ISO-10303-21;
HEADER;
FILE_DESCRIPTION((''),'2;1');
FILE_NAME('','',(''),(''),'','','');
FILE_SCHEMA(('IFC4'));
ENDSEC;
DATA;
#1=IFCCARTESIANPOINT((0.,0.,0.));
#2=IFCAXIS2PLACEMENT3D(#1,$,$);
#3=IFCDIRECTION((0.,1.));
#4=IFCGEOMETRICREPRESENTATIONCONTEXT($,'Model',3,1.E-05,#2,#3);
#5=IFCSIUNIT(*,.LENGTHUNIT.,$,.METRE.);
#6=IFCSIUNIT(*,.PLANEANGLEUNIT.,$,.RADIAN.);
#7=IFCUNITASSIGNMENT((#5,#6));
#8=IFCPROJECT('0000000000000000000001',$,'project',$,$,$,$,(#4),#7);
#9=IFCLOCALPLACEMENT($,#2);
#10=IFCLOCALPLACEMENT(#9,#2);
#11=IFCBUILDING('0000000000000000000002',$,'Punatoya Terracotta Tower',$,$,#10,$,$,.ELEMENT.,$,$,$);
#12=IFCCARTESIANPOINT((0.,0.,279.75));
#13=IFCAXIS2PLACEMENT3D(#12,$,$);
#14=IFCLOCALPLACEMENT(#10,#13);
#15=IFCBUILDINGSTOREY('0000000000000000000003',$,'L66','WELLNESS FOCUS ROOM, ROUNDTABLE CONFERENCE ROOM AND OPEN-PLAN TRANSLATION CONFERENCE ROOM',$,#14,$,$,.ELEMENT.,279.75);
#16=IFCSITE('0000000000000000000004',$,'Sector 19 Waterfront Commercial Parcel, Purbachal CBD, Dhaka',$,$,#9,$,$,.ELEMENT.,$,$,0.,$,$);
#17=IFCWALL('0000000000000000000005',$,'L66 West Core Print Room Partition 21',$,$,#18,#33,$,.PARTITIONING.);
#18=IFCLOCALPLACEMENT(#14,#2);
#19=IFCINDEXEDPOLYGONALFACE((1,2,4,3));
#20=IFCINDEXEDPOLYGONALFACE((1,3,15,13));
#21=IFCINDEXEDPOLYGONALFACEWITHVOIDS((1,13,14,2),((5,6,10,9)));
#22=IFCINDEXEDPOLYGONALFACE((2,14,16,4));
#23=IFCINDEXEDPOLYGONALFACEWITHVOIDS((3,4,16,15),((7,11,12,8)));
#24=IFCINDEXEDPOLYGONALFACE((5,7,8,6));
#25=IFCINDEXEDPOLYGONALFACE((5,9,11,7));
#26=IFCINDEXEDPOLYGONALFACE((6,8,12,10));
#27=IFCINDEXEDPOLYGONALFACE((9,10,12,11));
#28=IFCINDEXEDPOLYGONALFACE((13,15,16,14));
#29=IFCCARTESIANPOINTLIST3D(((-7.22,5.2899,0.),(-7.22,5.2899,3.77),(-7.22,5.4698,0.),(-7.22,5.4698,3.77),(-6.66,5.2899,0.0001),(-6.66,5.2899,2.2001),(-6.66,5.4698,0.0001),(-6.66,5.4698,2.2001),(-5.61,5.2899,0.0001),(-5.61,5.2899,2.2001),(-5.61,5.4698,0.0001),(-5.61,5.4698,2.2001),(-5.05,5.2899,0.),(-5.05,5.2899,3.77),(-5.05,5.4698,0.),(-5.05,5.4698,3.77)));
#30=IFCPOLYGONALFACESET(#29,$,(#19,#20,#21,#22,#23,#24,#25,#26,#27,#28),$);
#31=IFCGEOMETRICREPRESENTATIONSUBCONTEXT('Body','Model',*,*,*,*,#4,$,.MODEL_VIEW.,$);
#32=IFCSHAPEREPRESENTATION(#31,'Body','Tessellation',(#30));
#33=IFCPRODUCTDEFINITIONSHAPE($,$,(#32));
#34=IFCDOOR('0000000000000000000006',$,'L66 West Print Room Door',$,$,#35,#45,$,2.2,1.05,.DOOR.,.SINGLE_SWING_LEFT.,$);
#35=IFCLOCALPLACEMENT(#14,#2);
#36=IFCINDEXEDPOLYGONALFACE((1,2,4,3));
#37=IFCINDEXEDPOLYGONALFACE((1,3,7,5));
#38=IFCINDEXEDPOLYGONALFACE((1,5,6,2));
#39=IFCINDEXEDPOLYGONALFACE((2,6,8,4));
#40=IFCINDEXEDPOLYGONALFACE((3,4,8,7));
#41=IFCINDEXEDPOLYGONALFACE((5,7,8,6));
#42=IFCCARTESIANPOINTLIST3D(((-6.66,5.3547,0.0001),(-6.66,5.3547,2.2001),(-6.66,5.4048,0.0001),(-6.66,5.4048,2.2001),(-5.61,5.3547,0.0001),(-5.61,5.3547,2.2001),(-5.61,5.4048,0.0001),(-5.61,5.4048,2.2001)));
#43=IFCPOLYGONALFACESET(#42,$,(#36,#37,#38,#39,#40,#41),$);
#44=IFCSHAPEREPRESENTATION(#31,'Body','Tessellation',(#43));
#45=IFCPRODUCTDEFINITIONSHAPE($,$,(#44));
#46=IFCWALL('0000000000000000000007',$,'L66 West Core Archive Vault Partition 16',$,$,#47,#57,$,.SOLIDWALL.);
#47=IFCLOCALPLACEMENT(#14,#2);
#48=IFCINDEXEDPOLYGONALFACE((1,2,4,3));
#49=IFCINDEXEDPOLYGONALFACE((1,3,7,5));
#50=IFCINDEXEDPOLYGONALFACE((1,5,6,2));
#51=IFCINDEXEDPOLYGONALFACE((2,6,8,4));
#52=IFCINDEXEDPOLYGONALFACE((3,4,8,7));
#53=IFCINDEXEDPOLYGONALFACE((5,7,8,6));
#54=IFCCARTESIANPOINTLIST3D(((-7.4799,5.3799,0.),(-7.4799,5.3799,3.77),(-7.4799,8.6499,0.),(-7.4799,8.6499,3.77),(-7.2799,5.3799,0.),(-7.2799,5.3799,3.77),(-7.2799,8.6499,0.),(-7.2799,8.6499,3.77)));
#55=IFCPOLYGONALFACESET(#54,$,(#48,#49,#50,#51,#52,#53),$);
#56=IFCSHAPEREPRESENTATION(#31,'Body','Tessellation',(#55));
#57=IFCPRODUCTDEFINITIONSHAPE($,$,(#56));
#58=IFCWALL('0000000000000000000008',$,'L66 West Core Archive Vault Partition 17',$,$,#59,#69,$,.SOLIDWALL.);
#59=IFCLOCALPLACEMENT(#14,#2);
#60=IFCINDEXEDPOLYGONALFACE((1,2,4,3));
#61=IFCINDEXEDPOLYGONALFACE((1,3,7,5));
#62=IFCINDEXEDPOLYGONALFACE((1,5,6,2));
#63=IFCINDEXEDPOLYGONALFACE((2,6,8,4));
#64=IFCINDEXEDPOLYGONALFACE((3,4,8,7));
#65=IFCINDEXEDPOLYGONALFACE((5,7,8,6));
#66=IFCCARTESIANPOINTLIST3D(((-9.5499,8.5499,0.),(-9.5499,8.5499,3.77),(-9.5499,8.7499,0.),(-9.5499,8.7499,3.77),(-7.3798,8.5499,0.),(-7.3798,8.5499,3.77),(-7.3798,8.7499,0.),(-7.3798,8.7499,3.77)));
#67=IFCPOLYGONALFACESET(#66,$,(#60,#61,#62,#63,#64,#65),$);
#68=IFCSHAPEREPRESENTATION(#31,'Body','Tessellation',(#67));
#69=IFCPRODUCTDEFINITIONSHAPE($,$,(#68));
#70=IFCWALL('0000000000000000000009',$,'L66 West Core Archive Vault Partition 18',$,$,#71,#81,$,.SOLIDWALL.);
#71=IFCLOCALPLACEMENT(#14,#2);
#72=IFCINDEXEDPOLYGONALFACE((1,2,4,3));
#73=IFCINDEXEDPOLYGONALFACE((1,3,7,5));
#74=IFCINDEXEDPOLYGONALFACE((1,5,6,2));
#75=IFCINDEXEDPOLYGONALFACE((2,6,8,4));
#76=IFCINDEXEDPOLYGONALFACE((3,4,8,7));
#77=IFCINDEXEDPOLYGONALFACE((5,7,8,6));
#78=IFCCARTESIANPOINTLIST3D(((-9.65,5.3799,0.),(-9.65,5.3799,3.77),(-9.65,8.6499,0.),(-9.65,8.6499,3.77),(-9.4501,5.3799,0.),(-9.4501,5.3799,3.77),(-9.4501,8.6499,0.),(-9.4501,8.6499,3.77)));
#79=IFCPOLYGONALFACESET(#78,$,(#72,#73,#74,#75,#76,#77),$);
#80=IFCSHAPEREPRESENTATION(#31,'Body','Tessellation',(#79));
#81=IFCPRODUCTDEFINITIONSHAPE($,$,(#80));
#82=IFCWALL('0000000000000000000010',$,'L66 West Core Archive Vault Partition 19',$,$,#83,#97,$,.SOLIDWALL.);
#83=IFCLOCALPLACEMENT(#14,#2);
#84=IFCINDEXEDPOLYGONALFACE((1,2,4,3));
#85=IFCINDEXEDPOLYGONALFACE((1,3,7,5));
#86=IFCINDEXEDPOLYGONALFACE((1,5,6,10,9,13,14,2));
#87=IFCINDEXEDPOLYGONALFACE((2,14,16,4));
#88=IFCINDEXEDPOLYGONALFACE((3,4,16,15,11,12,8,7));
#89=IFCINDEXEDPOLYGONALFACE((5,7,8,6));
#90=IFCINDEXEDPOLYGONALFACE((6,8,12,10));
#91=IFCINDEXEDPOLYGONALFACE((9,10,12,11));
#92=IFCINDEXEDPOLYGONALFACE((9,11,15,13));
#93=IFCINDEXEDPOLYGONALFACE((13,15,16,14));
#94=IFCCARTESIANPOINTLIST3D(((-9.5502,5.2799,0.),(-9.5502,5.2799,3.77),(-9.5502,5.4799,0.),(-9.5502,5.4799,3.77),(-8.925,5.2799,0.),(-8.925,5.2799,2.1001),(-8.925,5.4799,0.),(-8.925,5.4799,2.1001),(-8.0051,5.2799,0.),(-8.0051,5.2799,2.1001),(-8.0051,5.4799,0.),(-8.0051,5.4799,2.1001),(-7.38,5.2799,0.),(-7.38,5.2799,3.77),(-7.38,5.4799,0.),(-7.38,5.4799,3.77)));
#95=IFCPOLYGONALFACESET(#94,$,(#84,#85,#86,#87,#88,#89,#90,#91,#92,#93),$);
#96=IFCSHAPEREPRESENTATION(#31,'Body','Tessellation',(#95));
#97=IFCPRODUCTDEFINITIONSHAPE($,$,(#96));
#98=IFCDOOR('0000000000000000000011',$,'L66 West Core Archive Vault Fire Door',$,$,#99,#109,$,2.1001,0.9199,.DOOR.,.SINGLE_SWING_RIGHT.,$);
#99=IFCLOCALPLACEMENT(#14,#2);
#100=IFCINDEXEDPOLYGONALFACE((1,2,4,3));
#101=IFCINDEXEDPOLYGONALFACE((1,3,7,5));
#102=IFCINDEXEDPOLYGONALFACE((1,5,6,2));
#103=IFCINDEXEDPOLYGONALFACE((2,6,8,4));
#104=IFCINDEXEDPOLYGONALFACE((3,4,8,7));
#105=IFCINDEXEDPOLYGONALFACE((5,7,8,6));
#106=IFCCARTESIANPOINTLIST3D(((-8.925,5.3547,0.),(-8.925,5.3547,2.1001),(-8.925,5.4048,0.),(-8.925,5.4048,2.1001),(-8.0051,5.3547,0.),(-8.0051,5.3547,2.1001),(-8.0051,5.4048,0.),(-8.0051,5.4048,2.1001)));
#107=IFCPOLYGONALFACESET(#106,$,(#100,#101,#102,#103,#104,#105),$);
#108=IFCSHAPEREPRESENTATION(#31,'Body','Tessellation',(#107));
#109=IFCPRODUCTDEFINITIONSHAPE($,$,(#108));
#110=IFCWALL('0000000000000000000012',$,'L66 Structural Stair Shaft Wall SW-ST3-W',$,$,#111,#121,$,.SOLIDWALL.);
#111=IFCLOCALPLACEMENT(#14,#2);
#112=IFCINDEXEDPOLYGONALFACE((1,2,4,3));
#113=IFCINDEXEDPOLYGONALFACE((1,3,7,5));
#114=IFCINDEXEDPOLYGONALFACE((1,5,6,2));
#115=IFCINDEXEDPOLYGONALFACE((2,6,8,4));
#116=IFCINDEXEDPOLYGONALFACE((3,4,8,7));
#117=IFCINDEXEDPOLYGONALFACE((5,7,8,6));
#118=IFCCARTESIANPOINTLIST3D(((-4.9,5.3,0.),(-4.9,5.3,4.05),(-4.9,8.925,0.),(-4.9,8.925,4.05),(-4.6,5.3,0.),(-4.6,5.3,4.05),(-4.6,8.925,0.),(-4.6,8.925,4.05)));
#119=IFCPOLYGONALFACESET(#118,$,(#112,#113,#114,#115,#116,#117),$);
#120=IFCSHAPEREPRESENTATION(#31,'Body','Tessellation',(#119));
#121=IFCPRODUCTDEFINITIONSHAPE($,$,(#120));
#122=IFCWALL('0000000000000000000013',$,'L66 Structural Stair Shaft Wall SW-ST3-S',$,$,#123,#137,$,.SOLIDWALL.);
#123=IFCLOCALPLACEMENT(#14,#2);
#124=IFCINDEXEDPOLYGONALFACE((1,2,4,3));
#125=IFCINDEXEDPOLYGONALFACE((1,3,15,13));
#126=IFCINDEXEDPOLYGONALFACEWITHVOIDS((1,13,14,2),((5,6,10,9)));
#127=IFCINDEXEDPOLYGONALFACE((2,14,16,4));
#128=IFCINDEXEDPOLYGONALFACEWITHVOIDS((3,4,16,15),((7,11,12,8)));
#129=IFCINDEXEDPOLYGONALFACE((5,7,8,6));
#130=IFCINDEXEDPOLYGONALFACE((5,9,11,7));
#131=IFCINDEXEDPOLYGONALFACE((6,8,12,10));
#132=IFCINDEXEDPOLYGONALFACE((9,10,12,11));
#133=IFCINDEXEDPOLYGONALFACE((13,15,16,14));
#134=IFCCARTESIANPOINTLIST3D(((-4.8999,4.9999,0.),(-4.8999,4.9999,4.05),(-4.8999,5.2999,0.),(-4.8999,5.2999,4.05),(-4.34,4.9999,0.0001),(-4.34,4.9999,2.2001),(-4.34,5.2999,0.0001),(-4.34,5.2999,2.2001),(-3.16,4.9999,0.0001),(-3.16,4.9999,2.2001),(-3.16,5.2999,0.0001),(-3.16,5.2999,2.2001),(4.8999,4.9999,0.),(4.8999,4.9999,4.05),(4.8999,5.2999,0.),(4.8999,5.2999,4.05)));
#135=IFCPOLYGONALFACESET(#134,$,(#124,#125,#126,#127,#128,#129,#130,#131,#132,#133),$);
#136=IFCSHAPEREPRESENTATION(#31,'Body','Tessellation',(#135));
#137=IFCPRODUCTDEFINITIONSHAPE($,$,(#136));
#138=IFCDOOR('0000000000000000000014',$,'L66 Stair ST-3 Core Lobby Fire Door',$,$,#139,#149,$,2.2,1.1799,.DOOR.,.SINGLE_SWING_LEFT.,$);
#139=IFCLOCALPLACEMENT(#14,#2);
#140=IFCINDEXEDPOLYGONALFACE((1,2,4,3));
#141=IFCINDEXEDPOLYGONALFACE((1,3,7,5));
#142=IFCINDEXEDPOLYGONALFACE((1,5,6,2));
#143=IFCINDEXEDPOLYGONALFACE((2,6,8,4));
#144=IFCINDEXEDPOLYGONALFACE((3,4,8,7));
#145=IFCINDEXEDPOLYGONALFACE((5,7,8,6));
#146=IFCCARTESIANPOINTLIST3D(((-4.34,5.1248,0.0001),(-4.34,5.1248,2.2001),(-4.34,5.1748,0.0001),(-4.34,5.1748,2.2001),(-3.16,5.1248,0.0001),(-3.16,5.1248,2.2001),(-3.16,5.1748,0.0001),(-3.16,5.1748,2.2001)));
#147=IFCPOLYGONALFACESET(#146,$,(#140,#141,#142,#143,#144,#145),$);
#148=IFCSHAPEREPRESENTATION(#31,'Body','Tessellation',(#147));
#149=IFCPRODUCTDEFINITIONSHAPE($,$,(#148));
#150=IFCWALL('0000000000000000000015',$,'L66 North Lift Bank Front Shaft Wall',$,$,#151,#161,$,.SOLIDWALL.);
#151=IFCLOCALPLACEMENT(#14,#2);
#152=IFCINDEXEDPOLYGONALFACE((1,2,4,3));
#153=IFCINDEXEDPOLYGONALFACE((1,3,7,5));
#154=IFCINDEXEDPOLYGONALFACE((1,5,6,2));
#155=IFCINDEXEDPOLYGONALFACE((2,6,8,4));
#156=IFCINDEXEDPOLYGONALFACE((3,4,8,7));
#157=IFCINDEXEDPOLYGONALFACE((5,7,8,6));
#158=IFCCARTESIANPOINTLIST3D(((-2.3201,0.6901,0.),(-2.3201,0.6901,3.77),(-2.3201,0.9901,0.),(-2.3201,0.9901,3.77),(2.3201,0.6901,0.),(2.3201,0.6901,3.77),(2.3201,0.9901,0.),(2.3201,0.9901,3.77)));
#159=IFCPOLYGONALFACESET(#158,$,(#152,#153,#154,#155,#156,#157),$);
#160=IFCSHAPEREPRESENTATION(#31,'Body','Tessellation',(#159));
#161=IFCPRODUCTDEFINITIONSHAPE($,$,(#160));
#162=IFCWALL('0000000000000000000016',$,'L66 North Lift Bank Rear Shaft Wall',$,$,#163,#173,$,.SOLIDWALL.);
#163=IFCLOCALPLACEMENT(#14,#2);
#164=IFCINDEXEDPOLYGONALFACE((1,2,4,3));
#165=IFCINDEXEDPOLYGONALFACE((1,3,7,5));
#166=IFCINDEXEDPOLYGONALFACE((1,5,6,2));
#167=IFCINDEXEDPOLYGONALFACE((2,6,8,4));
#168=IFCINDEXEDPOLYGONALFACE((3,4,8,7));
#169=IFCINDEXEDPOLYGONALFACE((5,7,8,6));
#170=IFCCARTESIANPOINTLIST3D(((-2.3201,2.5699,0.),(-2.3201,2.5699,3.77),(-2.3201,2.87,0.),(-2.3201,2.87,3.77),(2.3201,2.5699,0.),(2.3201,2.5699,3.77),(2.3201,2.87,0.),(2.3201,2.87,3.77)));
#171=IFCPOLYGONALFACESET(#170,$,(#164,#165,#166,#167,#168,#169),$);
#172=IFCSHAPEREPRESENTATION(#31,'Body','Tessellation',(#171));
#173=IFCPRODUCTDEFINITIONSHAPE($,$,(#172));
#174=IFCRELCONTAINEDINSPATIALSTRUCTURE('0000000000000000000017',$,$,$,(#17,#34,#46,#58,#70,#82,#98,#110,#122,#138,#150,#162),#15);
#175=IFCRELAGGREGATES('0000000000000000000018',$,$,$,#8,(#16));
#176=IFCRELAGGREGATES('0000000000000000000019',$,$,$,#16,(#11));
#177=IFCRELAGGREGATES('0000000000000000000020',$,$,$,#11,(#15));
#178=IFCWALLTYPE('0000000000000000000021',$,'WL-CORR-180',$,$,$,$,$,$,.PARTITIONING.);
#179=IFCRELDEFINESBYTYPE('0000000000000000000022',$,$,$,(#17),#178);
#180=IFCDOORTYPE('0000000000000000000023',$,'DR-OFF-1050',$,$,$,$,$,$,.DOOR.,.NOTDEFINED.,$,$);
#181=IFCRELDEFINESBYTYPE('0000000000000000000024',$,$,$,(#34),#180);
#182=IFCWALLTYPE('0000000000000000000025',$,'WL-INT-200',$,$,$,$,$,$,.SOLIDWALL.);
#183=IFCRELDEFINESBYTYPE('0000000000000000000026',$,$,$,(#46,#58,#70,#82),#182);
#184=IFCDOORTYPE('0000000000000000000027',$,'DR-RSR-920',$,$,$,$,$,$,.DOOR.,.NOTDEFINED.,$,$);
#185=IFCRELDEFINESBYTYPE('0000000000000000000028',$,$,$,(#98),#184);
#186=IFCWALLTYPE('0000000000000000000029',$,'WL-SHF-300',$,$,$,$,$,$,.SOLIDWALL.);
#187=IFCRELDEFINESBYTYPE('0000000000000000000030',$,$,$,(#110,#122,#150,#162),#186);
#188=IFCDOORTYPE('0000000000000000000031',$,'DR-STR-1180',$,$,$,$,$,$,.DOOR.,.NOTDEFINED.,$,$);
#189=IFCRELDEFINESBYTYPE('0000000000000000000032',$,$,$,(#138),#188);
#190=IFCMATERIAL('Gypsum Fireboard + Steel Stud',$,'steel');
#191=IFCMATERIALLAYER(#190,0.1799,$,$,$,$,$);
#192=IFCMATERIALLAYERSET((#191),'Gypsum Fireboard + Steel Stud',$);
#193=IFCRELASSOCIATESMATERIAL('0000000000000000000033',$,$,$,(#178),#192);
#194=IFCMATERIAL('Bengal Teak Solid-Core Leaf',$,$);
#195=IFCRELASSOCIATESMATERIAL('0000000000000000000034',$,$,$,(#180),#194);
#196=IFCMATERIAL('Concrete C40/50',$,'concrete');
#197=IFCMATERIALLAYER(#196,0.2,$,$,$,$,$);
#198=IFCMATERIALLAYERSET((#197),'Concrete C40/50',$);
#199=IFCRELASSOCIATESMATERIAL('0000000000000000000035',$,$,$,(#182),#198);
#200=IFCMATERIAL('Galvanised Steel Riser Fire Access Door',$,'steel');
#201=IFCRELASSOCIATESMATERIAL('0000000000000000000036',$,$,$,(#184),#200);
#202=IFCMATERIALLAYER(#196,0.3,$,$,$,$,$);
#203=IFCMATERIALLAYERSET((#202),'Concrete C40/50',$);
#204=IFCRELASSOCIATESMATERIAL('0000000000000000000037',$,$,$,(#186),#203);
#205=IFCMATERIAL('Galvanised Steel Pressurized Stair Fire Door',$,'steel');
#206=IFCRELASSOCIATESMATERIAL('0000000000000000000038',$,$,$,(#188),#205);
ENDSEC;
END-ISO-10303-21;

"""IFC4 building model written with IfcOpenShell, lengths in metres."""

from ifc_helpers import new_model, si_unit, direction, frame, frame_2d, origin, place, context, subcontext, project, spatial, rectangle, extrude, material, layer, layer_set, type_object, element, fill, save


model = new_model("IFC4")

# Units and contexts
model_context = context("Model", 3, precision=1e-05, world=origin(), true_north=direction((0.0, 1.0)))
body_context = subcontext(model_context, "Body", "Model", "MODEL_VIEW")
ifc_project = project(units=[si_unit("LENGTHUNIT", "METRE"), si_unit("PLANEANGLEUNIT", "RADIAN")], contexts=[model_context])

# Site, building, storey
site_placement = place(None, origin())
site = spatial("IfcSite", under=ifc_project, at=site_placement, Name="Sector 19 Waterfront Commercial Parcel, Purbachal CBD, Dhaka", CompositionType="ELEMENT", RefElevation=0.0)
building_placement = place(site_placement, origin())
building = spatial("IfcBuilding", under=site, at=building_placement, Name="Punatoya Terracotta Tower", CompositionType="ELEMENT")
storey_placement = place(building_placement, frame((0.0, 0.0, 279.75)))
storey = spatial("IfcBuildingStorey", under=building, at=storey_placement, Name="L66", Description="WELLNESS FOCUS ROOM, ROUNDTABLE CONFERENCE ROOM AND OPEN-PLAN TRANSLATION CONFERENCE ROOM", CompositionType="ELEMENT", Elevation=279.75)

# Shared definitions
ifc_material_1 = material(Name="Gypsum Fireboard + Steel Stud", Category="steel")
ifc_layer_1 = layer(ifc_material_1, 0.1799)
ifc_layer_set_1 = layer_set([ifc_layer_1], Name="Gypsum Fireboard + Steel Stud")
wall_type_1 = type_object("IfcWallType", Name="WL-CORR-180", PredefinedType="PARTITIONING", material=ifc_layer_set_1)

# Wall, opening, door
wall_1_placement = place(storey_placement, frame((-7.22, 5.3799, 0.0), z_axis=(0.0, 0.0, 1.0), x_axis=(1.0, 0.0, 0.0)))
wall_1 = element("IfcWall", 1, at=wall_1_placement, inside=storey, type_object=wall_type_1, Name="L66 West Core Print Room Partition 21", PredefinedType="PARTITIONING", context=body_context, shape_type="SweptSolid", body=[
    extrude(rectangle(XDim=2.1699, YDim=0.1799, at=frame_2d((1.085, 0.0))), origin(), (0.0, 0.0, 1.0), 3.77),
])
opening_1_placement = place(wall_1_placement, frame((0.5601, 0.0, 0.0)))
opening_1 = element("IfcOpeningElement", 2, at=opening_1_placement, cuts=wall_1, PredefinedType="OPENING", context=body_context, shape_type="SweptSolid", body=[
    extrude(rectangle(XDim=1.05, YDim=2.2, at=frame_2d((0.5249, 1.1001))), frame((0.0, 0.0999, 0.0), z_axis=(0.0, -1.0, 0.0), x_axis=(1.0, 0.0, 0.0)), (0.0, 0.0, 1.0), 0.2),
])
ifc_material_2 = material(Name="Bengal Teak Solid-Core Leaf")
door_type_1 = type_object("IfcDoorType", Name="DR-OFF-1050", OperationType="NOTDEFINED", PredefinedType="DOOR", material=ifc_material_2)
door_1_placement = place(opening_1_placement, origin())
door_1 = element("IfcDoor", 3, at=door_1_placement, inside=storey, type_object=door_type_1, Name="L66 West Print Room Door", OperationType="SINGLE_SWING_LEFT", OverallHeight=2.2, OverallWidth=1.05, PredefinedType="DOOR", context=body_context, shape_type="SweptSolid", body=[
    extrude(rectangle(XDim=1.05, YDim=2.2, at=frame_2d((0.5249, 1.1001))), frame((0.0, 0.0249, 0.0), z_axis=(0.0, -1.0, 0.0), x_axis=(1.0, 0.0, 0.0)), (0.0, 0.0, 1.0), 0.05),
])
fill(opening_1, door_1)

# Walls
ifc_material_3 = material(Name="Concrete C40/50", Category="concrete")
ifc_layer_2 = layer(ifc_material_3, 0.2)
ifc_layer_set_2 = layer_set([ifc_layer_2], Name="Concrete C40/50")
wall_type_2 = type_object("IfcWallType", Name="WL-INT-200", PredefinedType="SOLIDWALL", material=ifc_layer_set_2)
wall_2_placement = place(storey_placement, frame((-7.3799, 5.3799, 0.0), z_axis=(0.0, 0.0, 1.0), x_axis=(0.0, 1.0, 0.0)))
element("IfcWall", 4, at=wall_2_placement, inside=storey, type_object=wall_type_2, Name="L66 West Core Archive Vault Partition 16", PredefinedType="SOLIDWALL", context=body_context, shape_type="SweptSolid", body=[
    extrude(rectangle(XDim=3.27, YDim=0.2, at=frame_2d((1.635, 0.0))), origin(), (0.0, 0.0, 1.0), 3.77),
])
wall_3_placement = place(storey_placement, frame((-7.3799, 8.6499, 0.0), z_axis=(0.0, 0.0, 1.0), x_axis=(-1.0, 0.0, 0.0)))
element("IfcWall", 5, at=wall_3_placement, inside=storey, type_object=wall_type_2, Name="L66 West Core Archive Vault Partition 17", PredefinedType="SOLIDWALL", context=body_context, shape_type="SweptSolid", body=[
    extrude(rectangle(XDim=2.1702, YDim=0.2, at=frame_2d((1.085, 0.0))), origin(), (0.0, 0.0, 1.0), 3.77),
])
wall_4_placement = place(storey_placement, frame((-9.55, 8.6499, 0.0), z_axis=(0.0, 0.0, 1.0), x_axis=(0.0, -1.0, 0.0)))
element("IfcWall", 6, at=wall_4_placement, inside=storey, type_object=wall_type_2, Name="L66 West Core Archive Vault Partition 18", PredefinedType="SOLIDWALL", context=body_context, shape_type="SweptSolid", body=[
    extrude(rectangle(XDim=3.27, YDim=0.2, at=frame_2d((1.635, 0.0))), origin(), (0.0, 0.0, 1.0), 3.77),
])

# Wall, opening, door
wall_5_placement = place(storey_placement, frame((-9.55, 5.3799, 0.0), z_axis=(0.0, 0.0, 1.0), x_axis=(1.0, 0.0, 0.0)))
wall_5 = element("IfcWall", 7, at=wall_5_placement, inside=storey, type_object=wall_type_2, Name="L66 West Core Archive Vault Partition 19", PredefinedType="SOLIDWALL", context=body_context, shape_type="SweptSolid", body=[
    extrude(rectangle(XDim=2.1702, YDim=0.2, at=frame_2d((1.085, 0.0))), origin(), (0.0, 0.0, 1.0), 3.77),
])
opening_2_placement = place(wall_5_placement, frame((0.625, 0.0, 0.0)))
opening_2 = element("IfcOpeningElement", 8, at=opening_2_placement, cuts=wall_5, PredefinedType="OPENING", context=body_context, shape_type="SweptSolid", body=[
    extrude(rectangle(XDim=0.9199, YDim=2.1001, at=frame_2d((0.46, 1.05))), frame((0.0, 0.1099, 0.0), z_axis=(0.0, -1.0, 0.0), x_axis=(1.0, 0.0, 0.0)), (0.0, 0.0, 1.0), 0.22),
])
ifc_material_4 = material(Name="Galvanised Steel Riser Fire Access Door", Category="steel")
door_type_2 = type_object("IfcDoorType", Name="DR-RSR-920", OperationType="NOTDEFINED", PredefinedType="DOOR", material=ifc_material_4)
door_2_placement = place(opening_2_placement, origin())
door_2 = element("IfcDoor", 9, at=door_2_placement, inside=storey, type_object=door_type_2, Name="L66 West Core Archive Vault Fire Door", OperationType="SINGLE_SWING_RIGHT", OverallHeight=2.1001, OverallWidth=0.9199, PredefinedType="DOOR", context=body_context, shape_type="SweptSolid", body=[
    extrude(rectangle(XDim=0.9199, YDim=2.1001, at=frame_2d((0.46, 1.05))), frame((0.0, 0.0249, 0.0), z_axis=(0.0, -1.0, 0.0), x_axis=(1.0, 0.0, 0.0)), (0.0, 0.0, 1.0), 0.05),
])
fill(opening_2, door_2)

# Wall
ifc_layer_3 = layer(ifc_material_3, 0.3)
ifc_layer_set_3 = layer_set([ifc_layer_3], Name="Concrete C40/50")
wall_type_3 = type_object("IfcWallType", Name="WL-SHF-300", PredefinedType="SOLIDWALL", material=ifc_layer_set_3)
wall_6_placement = place(storey_placement, frame((-4.75, 5.3, 0.0), z_axis=(0.0, 0.0, 1.0), x_axis=(0.0, 1.0, 0.0)))
element("IfcWall", 10, at=wall_6_placement, inside=storey, type_object=wall_type_3, Name="L66 Structural Stair Shaft Wall SW-ST3-W", PredefinedType="SOLIDWALL", context=body_context, shape_type="SweptSolid", body=[
    extrude(rectangle(XDim=3.625, YDim=0.3, at=frame_2d((1.8125, 0.0))), origin(), (0.0, 0.0, 1.0), 4.05),
])

# Wall, opening, door
wall_7_placement = place(storey_placement, frame((-4.8999, 5.1499, 0.0), z_axis=(0.0, 0.0, 1.0), x_axis=(1.0, 0.0, 0.0)))
wall_7 = element("IfcWall", 11, at=wall_7_placement, inside=storey, type_object=wall_type_3, Name="L66 Structural Stair Shaft Wall SW-ST3-S", PredefinedType="SOLIDWALL", context=body_context, shape_type="SweptSolid", body=[
    extrude(rectangle(XDim=9.7998, YDim=0.3, at=frame_2d((4.8999, 0.0))), origin(), (0.0, 0.0, 1.0), 4.05),
])
opening_3_placement = place(wall_7_placement, frame((0.5601, 0.0, 0.0)))
opening_3 = element("IfcOpeningElement", 12, at=opening_3_placement, cuts=wall_7, PredefinedType="OPENING", context=body_context, shape_type="SweptSolid", body=[
    extrude(rectangle(XDim=1.1799, YDim=2.2, at=frame_2d((0.5898, 1.1001))), frame((0.0, 0.1599, 0.0), z_axis=(0.0, -1.0, 0.0), x_axis=(1.0, 0.0, 0.0)), (0.0, 0.0, 1.0), 0.3201),
])
ifc_material_5 = material(Name="Galvanised Steel Pressurized Stair Fire Door", Category="steel")
door_type_3 = type_object("IfcDoorType", Name="DR-STR-1180", OperationType="NOTDEFINED", PredefinedType="DOOR", material=ifc_material_5)
door_3_placement = place(opening_3_placement, origin())
door_3 = element("IfcDoor", 13, at=door_3_placement, inside=storey, type_object=door_type_3, Name="L66 Stair ST-3 Core Lobby Fire Door", OperationType="SINGLE_SWING_LEFT", OverallHeight=2.2, OverallWidth=1.1799, PredefinedType="DOOR", context=body_context, shape_type="SweptSolid", body=[
    extrude(rectangle(XDim=1.1799, YDim=2.2, at=frame_2d((0.5898, 1.1001))), frame((0.0, 0.0249, 0.0), z_axis=(0.0, -1.0, 0.0), x_axis=(1.0, 0.0, 0.0)), (0.0, 0.0, 1.0), 0.05),
])
fill(opening_3, door_3)

# Walls
for number, where, z_axis, x_axis, name in (
    (14, (-2.3201, 0.8401, 0.0), (0.0, 0.0, 1.0), (1.0, 0.0, 0.0), "L66 North Lift Bank Front Shaft Wall"),
    (15, (-2.3201, 2.72, 0.0), (0.0, 0.0, 1.0), (1.0, 0.0, 0.0), "L66 North Lift Bank Rear Shaft Wall"),
):
    element("IfcWall", number, at=place(storey_placement, frame(where, z_axis=z_axis, x_axis=x_axis)), inside=storey, type_object=wall_type_3, Name=name, PredefinedType="SOLIDWALL", context=body_context, shape_type="SweptSolid", body=[
        extrude(rectangle(XDim=4.6401, YDim=0.3, at=frame_2d((2.3201, 0.0))), origin(), (0.0, 0.0, 1.0), 3.77),
    ])

save(model, "model.ifc")
